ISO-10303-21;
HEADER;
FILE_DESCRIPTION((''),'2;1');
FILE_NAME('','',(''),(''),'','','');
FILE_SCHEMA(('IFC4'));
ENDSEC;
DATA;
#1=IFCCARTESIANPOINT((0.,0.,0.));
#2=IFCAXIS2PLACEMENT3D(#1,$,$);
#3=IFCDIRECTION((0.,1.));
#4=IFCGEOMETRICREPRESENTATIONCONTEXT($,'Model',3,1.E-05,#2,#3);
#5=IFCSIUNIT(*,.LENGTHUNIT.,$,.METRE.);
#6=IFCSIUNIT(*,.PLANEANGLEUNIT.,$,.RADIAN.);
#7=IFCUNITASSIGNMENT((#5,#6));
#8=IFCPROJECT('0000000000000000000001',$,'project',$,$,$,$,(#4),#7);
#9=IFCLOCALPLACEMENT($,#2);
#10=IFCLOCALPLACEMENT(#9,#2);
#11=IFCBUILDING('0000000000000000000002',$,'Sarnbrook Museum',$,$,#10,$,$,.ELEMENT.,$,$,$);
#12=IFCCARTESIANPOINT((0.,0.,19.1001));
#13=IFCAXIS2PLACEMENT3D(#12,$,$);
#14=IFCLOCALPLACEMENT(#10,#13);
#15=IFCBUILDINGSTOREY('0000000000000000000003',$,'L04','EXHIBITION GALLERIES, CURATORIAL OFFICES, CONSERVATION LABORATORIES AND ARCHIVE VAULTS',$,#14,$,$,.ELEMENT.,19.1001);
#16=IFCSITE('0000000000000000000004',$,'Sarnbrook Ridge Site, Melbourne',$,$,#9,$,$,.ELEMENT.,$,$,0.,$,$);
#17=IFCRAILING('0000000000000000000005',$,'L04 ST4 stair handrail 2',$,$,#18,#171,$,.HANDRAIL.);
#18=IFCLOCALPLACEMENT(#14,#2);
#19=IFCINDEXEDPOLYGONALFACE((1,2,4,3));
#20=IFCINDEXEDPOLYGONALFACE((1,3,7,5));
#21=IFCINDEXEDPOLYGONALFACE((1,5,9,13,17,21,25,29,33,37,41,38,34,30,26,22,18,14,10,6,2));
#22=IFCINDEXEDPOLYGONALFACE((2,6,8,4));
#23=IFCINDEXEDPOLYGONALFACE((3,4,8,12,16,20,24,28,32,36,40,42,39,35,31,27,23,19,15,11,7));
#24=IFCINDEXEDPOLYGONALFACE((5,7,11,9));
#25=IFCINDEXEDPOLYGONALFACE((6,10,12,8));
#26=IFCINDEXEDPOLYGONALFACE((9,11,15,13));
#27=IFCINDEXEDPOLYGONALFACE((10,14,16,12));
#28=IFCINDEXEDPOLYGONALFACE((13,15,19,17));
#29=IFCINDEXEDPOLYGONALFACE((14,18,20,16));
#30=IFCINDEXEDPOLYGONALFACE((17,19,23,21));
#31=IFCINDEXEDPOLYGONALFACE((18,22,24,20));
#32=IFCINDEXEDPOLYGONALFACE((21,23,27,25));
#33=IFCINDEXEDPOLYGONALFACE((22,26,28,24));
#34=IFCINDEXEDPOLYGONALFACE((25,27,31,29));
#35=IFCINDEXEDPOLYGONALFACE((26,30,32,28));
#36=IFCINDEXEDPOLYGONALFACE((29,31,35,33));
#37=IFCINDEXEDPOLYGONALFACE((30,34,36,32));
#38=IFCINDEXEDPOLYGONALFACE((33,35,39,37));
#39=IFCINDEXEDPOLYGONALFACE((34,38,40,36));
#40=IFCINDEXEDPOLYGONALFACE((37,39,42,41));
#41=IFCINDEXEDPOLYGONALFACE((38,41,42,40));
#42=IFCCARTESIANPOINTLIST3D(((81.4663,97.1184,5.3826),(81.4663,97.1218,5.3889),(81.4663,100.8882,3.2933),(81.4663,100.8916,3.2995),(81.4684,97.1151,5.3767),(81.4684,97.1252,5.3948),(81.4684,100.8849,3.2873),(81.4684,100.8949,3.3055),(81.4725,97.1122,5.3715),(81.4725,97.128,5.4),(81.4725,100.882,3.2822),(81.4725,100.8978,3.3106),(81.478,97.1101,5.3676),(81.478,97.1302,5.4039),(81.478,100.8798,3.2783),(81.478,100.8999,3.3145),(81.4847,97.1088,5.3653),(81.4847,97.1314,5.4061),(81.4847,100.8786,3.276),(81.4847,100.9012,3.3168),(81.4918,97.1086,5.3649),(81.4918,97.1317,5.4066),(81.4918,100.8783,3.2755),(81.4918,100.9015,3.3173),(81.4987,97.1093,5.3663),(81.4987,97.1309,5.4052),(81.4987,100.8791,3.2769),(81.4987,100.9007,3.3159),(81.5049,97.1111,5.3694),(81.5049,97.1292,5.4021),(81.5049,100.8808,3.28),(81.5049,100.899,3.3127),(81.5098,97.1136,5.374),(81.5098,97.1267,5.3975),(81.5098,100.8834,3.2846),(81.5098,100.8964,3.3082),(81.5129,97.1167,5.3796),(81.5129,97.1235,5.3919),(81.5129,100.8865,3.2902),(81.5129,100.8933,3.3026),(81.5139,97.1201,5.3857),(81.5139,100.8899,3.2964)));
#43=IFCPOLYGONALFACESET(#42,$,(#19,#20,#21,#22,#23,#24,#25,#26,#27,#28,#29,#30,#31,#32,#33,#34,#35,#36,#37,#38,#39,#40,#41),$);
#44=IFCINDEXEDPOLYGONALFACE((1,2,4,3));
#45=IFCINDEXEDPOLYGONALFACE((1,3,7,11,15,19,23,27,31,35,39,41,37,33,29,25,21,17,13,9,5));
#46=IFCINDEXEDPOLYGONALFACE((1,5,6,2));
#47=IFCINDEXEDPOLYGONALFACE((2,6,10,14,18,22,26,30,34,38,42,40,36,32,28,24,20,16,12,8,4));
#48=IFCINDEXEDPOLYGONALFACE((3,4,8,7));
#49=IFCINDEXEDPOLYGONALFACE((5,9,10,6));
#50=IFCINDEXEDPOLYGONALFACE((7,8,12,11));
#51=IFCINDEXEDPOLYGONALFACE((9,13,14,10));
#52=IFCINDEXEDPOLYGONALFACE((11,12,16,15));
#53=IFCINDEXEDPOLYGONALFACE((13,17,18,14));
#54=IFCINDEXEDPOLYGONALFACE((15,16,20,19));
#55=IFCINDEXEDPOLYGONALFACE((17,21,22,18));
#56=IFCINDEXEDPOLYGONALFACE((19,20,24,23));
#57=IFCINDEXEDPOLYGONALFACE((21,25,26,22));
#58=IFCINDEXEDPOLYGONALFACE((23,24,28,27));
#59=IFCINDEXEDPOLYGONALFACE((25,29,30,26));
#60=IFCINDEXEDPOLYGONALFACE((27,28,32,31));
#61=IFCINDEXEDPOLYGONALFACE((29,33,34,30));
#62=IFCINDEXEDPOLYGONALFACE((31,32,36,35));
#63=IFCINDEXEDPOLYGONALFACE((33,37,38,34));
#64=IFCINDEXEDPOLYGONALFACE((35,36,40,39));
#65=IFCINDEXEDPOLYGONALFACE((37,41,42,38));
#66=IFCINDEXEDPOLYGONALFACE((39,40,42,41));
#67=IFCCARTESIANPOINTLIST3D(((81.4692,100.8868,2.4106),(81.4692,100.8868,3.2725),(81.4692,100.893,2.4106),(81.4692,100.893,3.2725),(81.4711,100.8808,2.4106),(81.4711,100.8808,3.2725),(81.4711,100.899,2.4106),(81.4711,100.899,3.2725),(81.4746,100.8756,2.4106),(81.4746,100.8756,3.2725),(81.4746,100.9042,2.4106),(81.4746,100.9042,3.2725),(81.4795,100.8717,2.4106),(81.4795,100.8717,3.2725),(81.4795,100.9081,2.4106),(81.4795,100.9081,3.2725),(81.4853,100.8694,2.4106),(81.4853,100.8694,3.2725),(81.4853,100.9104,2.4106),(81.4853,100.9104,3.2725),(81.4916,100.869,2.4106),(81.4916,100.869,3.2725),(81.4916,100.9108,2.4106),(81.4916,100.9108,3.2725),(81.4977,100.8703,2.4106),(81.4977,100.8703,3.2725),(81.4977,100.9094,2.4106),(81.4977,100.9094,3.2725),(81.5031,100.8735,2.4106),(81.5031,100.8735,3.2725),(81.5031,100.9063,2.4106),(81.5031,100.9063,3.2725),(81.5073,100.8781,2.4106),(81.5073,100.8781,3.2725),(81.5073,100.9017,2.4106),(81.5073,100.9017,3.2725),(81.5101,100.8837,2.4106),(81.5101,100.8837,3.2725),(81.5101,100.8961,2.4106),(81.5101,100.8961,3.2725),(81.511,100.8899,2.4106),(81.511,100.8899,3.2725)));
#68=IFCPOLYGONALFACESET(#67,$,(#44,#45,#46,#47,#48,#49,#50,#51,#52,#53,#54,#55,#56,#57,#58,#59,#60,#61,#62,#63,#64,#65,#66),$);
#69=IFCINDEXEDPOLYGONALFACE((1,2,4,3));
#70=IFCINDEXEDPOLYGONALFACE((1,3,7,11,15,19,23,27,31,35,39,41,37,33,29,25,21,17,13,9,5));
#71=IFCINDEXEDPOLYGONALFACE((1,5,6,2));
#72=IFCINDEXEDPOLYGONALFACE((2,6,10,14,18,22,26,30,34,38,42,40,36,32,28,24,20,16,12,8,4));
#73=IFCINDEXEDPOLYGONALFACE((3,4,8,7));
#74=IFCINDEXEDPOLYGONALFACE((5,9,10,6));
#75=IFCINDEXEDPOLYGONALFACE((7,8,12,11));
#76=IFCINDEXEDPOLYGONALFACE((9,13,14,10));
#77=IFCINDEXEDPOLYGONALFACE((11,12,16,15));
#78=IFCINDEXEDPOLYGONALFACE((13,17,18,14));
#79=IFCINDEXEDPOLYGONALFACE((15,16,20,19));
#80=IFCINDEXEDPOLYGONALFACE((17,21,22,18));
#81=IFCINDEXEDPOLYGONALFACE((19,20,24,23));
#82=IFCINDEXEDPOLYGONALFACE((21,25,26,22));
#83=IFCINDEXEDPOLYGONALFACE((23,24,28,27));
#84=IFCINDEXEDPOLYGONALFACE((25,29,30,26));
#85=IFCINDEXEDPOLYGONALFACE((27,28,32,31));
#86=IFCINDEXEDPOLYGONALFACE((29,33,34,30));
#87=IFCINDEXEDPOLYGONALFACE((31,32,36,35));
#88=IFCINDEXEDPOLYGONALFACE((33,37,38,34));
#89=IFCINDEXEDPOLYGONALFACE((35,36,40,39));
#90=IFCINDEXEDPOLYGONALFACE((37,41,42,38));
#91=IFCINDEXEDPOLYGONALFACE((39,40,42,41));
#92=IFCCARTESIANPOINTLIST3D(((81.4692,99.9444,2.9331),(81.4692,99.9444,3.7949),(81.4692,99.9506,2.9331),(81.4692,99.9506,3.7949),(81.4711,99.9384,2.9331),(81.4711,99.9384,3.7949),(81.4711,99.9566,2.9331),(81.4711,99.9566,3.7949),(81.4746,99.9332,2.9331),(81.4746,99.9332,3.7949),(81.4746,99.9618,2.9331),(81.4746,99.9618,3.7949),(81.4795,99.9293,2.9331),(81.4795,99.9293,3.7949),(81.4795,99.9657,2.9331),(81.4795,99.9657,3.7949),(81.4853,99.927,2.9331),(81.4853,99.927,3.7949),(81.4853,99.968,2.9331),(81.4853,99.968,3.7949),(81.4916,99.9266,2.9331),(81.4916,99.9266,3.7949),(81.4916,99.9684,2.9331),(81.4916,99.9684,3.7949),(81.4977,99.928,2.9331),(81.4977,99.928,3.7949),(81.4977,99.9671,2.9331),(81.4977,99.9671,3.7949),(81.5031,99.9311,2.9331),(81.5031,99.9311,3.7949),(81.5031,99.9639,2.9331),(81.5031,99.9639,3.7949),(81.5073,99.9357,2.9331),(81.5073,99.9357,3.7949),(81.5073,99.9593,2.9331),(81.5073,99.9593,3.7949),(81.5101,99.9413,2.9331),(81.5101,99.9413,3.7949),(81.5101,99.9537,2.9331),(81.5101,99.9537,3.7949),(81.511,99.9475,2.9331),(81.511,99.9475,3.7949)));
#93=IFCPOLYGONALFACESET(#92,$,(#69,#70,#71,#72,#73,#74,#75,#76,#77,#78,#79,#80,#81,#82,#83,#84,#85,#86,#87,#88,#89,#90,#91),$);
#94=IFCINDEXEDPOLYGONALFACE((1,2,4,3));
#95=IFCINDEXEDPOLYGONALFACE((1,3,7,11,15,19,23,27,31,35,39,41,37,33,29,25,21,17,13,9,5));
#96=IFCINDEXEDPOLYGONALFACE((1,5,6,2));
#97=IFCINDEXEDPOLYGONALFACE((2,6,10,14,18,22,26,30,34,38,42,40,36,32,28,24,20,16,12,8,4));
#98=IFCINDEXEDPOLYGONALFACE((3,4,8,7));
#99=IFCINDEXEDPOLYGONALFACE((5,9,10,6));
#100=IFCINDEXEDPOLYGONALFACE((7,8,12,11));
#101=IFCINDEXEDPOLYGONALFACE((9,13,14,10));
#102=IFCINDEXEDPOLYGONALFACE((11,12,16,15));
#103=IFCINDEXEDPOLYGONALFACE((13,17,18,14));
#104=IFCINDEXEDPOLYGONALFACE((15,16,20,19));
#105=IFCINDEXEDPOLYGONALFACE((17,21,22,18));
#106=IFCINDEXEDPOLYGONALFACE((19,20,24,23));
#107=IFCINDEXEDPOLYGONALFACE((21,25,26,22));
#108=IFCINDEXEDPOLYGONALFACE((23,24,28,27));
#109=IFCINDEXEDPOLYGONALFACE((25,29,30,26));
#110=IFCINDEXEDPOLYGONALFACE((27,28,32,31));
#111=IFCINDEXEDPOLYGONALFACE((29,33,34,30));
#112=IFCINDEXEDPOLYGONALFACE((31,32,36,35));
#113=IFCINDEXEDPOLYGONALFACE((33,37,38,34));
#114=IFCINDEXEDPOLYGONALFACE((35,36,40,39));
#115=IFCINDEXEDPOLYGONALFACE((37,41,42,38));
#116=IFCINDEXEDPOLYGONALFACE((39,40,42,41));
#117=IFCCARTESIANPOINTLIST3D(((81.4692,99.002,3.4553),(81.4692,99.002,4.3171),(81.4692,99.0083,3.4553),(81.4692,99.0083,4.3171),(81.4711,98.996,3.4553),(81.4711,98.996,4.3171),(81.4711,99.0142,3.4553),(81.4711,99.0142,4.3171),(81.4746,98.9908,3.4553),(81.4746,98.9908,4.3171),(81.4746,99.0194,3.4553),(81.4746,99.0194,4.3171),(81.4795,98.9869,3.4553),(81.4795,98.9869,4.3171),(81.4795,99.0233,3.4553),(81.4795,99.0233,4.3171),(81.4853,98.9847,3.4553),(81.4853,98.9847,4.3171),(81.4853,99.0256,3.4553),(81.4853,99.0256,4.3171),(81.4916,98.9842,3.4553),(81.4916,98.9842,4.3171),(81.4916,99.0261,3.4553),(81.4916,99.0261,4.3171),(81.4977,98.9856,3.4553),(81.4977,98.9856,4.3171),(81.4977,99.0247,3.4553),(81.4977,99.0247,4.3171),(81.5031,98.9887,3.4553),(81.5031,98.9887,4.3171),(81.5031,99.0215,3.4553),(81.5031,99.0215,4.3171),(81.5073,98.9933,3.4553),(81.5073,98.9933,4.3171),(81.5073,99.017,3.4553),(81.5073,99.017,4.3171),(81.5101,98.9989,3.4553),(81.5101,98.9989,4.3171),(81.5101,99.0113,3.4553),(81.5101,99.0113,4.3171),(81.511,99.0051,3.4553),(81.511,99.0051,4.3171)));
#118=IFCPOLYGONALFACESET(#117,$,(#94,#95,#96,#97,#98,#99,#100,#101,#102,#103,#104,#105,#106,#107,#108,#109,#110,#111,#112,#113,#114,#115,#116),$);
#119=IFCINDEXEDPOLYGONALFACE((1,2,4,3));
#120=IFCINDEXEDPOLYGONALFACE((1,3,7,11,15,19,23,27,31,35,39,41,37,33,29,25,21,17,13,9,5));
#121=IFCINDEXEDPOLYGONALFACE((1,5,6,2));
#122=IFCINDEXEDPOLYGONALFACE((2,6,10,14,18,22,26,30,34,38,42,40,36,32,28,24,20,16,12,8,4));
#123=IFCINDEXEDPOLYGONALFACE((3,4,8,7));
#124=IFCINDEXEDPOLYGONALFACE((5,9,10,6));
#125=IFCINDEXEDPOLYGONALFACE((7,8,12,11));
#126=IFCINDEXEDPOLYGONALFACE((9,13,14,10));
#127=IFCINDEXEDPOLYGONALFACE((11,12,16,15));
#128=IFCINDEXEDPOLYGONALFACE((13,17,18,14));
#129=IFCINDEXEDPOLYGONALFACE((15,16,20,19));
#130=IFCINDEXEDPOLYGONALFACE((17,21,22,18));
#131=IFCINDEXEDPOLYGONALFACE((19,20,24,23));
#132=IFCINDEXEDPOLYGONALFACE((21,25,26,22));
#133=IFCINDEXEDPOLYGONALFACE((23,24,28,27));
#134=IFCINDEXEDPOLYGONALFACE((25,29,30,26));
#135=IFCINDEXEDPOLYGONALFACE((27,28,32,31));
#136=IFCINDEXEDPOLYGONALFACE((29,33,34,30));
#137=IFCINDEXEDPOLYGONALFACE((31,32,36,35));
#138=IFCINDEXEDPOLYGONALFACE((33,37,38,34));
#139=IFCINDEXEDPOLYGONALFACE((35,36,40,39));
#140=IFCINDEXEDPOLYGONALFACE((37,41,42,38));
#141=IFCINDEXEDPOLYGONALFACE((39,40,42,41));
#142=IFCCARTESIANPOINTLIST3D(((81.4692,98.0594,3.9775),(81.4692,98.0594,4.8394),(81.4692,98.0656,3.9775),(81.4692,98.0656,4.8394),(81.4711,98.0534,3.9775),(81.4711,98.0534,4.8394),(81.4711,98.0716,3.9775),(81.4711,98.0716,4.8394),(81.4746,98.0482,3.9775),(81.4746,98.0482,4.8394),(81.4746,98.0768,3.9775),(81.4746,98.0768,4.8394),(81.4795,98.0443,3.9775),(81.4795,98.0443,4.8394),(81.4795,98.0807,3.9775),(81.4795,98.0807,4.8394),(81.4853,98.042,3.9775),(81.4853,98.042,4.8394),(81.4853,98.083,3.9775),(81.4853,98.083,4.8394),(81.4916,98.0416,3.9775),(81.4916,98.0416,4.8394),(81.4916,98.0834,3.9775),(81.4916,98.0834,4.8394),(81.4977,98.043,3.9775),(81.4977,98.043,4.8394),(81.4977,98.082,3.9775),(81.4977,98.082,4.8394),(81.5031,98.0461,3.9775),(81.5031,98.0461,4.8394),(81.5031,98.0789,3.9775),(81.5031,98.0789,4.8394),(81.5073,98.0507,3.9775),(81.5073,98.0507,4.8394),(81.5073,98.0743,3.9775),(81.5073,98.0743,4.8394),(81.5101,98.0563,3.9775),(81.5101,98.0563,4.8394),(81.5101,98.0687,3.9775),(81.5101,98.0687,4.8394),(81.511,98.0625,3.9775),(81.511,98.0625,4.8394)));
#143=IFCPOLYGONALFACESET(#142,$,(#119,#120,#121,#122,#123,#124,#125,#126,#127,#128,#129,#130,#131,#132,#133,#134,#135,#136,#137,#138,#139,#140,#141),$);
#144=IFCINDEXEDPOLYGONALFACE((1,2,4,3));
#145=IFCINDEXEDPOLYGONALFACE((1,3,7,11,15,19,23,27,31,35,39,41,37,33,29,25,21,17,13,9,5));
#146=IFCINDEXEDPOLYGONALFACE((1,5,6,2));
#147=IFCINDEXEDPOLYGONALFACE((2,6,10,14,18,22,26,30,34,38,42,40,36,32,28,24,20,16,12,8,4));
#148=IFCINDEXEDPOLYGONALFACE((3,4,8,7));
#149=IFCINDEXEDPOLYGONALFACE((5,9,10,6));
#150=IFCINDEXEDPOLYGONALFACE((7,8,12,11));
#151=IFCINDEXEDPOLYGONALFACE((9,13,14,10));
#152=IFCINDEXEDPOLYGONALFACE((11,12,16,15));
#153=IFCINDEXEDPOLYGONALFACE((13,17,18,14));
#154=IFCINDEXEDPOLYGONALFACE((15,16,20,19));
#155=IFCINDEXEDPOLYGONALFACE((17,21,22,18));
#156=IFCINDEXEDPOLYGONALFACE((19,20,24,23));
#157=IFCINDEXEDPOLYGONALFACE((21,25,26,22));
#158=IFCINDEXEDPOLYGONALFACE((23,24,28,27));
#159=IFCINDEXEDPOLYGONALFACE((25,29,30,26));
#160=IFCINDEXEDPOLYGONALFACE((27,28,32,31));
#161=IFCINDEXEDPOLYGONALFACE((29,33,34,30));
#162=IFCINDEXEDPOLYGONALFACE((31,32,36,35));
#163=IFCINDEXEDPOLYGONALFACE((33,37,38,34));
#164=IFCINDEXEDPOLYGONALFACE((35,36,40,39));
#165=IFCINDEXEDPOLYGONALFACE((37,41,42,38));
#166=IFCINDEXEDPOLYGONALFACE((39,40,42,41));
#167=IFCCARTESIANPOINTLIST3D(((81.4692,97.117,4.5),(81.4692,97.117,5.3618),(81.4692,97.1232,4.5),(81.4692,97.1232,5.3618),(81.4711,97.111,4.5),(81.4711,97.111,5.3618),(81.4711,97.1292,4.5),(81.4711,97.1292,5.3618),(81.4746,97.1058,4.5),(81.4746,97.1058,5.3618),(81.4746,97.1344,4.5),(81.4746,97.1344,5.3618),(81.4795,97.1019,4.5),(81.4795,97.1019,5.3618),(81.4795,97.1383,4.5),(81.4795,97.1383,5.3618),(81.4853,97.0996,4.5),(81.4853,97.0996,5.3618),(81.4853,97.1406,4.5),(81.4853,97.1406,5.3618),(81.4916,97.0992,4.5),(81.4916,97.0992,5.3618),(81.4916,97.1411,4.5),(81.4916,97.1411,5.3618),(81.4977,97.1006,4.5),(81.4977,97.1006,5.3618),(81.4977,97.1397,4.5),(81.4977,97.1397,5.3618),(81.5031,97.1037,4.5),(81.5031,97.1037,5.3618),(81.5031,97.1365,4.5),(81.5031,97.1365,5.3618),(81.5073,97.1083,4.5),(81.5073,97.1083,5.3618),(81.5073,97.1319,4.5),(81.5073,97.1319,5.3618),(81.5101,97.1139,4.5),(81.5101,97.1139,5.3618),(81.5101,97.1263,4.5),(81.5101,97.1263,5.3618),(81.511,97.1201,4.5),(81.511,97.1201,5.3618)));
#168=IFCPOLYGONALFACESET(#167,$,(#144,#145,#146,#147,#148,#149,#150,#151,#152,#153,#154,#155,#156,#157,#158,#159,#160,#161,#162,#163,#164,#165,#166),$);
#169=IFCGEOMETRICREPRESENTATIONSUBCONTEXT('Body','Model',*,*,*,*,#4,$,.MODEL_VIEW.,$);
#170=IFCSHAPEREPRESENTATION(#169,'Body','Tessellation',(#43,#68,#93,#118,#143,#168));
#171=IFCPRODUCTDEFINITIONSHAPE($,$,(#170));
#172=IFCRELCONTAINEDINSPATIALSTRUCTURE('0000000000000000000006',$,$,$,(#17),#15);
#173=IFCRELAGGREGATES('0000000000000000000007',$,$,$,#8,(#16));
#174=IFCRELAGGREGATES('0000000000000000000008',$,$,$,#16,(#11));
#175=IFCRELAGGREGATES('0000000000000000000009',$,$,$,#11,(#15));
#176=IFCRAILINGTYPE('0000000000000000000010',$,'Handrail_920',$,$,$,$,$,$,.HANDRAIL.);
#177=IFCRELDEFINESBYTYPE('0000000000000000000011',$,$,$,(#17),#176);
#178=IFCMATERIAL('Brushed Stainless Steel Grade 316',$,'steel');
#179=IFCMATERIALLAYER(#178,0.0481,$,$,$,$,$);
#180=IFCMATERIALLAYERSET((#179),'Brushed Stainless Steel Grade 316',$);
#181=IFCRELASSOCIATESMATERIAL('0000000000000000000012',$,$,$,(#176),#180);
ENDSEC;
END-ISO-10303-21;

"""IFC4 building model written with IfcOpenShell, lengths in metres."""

from ifc_helpers import new_model, si_unit, direction, frame, origin, origin_2d, place, context, subcontext, project, spatial, circle, extrude, material, layer, layer_set, type_object, element, save


model = new_model("IFC4")

# Units and contexts
model_context = context("Model", 3, precision=1e-05, world=origin(), true_north=direction((0.0, 1.0)))
body_context = subcontext(model_context, "Body", "Model", "MODEL_VIEW")
ifc_project = project(units=[si_unit("LENGTHUNIT", "METRE"), si_unit("PLANEANGLEUNIT", "RADIAN")], contexts=[model_context])

# Site, building, storey
site_placement = place(None, origin())
site = spatial("IfcSite", under=ifc_project, at=site_placement, Name="Sarnbrook Ridge Site, Melbourne", CompositionType="ELEMENT", RefElevation=0.0)
building_placement = place(site_placement, origin())
building = spatial("IfcBuilding", under=site, at=building_placement, Name="Sarnbrook Museum", CompositionType="ELEMENT")
storey_placement = place(building_placement, frame((0.0, 0.0, 19.1001)))
storey = spatial("IfcBuildingStorey", under=building, at=storey_placement, Name="L04", Description="EXHIBITION GALLERIES, CURATORIAL OFFICES, CONSERVATION LABORATORIES AND ARCHIVE VAULTS", CompositionType="ELEMENT", Elevation=19.1001)

# Shared definitions
ifc_material_1 = material(Name="Brushed Stainless Steel Grade 316", Category="steel")

# Railing
ifc_layer_1 = layer(ifc_material_1, 0.0481)
ifc_layer_set_1 = layer_set([ifc_layer_1], Name="Brushed Stainless Steel Grade 316")
railing_type_1 = type_object("IfcRailingType", Name="Handrail_920", PredefinedType="HANDRAIL", material=ifc_layer_set_1)
railing_1_placement = place(storey_placement, frame((81.49, 100.8899, 2.4106)))
element("IfcRailing", 1, at=railing_1_placement, inside=storey, type_object=railing_type_1, Name="L04 ST4 stair handrail 2", PredefinedType="HANDRAIL", context=body_context, shape_type="SweptSolid", body=[
    extrude(circle(Radius=0.0239, at=origin_2d()), frame((0.0, 0.0, 0.8857), z_axis=(0.0, -0.874646, 0.484763), x_axis=(1.0, 0.0, 0.0)), (0.0, 0.0, 1.0), 4.3101),
    extrude(circle(Radius=0.021, at=origin_2d()), origin(), (0.0, 0.0, 1.0), 0.8618),
    extrude(circle(Radius=0.021, at=origin_2d()), frame((0.0, -0.9424, 0.5225)), (0.0, 0.0, 1.0), 0.8618),
    extrude(circle(Radius=0.021, at=origin_2d()), frame((0.0, -1.8848, 1.0447)), (0.0, 0.0, 1.0), 0.8618),
    extrude(circle(Radius=0.021, at=origin_2d()), frame((0.0, -2.8274, 1.5669)), (0.0, 0.0, 1.0), 0.8618),
    extrude(circle(Radius=0.021, at=origin_2d()), frame((0.0, -3.7698, 2.0894)), (0.0, 0.0, 1.0), 0.8618),
])

save(model, "model.ifc")
